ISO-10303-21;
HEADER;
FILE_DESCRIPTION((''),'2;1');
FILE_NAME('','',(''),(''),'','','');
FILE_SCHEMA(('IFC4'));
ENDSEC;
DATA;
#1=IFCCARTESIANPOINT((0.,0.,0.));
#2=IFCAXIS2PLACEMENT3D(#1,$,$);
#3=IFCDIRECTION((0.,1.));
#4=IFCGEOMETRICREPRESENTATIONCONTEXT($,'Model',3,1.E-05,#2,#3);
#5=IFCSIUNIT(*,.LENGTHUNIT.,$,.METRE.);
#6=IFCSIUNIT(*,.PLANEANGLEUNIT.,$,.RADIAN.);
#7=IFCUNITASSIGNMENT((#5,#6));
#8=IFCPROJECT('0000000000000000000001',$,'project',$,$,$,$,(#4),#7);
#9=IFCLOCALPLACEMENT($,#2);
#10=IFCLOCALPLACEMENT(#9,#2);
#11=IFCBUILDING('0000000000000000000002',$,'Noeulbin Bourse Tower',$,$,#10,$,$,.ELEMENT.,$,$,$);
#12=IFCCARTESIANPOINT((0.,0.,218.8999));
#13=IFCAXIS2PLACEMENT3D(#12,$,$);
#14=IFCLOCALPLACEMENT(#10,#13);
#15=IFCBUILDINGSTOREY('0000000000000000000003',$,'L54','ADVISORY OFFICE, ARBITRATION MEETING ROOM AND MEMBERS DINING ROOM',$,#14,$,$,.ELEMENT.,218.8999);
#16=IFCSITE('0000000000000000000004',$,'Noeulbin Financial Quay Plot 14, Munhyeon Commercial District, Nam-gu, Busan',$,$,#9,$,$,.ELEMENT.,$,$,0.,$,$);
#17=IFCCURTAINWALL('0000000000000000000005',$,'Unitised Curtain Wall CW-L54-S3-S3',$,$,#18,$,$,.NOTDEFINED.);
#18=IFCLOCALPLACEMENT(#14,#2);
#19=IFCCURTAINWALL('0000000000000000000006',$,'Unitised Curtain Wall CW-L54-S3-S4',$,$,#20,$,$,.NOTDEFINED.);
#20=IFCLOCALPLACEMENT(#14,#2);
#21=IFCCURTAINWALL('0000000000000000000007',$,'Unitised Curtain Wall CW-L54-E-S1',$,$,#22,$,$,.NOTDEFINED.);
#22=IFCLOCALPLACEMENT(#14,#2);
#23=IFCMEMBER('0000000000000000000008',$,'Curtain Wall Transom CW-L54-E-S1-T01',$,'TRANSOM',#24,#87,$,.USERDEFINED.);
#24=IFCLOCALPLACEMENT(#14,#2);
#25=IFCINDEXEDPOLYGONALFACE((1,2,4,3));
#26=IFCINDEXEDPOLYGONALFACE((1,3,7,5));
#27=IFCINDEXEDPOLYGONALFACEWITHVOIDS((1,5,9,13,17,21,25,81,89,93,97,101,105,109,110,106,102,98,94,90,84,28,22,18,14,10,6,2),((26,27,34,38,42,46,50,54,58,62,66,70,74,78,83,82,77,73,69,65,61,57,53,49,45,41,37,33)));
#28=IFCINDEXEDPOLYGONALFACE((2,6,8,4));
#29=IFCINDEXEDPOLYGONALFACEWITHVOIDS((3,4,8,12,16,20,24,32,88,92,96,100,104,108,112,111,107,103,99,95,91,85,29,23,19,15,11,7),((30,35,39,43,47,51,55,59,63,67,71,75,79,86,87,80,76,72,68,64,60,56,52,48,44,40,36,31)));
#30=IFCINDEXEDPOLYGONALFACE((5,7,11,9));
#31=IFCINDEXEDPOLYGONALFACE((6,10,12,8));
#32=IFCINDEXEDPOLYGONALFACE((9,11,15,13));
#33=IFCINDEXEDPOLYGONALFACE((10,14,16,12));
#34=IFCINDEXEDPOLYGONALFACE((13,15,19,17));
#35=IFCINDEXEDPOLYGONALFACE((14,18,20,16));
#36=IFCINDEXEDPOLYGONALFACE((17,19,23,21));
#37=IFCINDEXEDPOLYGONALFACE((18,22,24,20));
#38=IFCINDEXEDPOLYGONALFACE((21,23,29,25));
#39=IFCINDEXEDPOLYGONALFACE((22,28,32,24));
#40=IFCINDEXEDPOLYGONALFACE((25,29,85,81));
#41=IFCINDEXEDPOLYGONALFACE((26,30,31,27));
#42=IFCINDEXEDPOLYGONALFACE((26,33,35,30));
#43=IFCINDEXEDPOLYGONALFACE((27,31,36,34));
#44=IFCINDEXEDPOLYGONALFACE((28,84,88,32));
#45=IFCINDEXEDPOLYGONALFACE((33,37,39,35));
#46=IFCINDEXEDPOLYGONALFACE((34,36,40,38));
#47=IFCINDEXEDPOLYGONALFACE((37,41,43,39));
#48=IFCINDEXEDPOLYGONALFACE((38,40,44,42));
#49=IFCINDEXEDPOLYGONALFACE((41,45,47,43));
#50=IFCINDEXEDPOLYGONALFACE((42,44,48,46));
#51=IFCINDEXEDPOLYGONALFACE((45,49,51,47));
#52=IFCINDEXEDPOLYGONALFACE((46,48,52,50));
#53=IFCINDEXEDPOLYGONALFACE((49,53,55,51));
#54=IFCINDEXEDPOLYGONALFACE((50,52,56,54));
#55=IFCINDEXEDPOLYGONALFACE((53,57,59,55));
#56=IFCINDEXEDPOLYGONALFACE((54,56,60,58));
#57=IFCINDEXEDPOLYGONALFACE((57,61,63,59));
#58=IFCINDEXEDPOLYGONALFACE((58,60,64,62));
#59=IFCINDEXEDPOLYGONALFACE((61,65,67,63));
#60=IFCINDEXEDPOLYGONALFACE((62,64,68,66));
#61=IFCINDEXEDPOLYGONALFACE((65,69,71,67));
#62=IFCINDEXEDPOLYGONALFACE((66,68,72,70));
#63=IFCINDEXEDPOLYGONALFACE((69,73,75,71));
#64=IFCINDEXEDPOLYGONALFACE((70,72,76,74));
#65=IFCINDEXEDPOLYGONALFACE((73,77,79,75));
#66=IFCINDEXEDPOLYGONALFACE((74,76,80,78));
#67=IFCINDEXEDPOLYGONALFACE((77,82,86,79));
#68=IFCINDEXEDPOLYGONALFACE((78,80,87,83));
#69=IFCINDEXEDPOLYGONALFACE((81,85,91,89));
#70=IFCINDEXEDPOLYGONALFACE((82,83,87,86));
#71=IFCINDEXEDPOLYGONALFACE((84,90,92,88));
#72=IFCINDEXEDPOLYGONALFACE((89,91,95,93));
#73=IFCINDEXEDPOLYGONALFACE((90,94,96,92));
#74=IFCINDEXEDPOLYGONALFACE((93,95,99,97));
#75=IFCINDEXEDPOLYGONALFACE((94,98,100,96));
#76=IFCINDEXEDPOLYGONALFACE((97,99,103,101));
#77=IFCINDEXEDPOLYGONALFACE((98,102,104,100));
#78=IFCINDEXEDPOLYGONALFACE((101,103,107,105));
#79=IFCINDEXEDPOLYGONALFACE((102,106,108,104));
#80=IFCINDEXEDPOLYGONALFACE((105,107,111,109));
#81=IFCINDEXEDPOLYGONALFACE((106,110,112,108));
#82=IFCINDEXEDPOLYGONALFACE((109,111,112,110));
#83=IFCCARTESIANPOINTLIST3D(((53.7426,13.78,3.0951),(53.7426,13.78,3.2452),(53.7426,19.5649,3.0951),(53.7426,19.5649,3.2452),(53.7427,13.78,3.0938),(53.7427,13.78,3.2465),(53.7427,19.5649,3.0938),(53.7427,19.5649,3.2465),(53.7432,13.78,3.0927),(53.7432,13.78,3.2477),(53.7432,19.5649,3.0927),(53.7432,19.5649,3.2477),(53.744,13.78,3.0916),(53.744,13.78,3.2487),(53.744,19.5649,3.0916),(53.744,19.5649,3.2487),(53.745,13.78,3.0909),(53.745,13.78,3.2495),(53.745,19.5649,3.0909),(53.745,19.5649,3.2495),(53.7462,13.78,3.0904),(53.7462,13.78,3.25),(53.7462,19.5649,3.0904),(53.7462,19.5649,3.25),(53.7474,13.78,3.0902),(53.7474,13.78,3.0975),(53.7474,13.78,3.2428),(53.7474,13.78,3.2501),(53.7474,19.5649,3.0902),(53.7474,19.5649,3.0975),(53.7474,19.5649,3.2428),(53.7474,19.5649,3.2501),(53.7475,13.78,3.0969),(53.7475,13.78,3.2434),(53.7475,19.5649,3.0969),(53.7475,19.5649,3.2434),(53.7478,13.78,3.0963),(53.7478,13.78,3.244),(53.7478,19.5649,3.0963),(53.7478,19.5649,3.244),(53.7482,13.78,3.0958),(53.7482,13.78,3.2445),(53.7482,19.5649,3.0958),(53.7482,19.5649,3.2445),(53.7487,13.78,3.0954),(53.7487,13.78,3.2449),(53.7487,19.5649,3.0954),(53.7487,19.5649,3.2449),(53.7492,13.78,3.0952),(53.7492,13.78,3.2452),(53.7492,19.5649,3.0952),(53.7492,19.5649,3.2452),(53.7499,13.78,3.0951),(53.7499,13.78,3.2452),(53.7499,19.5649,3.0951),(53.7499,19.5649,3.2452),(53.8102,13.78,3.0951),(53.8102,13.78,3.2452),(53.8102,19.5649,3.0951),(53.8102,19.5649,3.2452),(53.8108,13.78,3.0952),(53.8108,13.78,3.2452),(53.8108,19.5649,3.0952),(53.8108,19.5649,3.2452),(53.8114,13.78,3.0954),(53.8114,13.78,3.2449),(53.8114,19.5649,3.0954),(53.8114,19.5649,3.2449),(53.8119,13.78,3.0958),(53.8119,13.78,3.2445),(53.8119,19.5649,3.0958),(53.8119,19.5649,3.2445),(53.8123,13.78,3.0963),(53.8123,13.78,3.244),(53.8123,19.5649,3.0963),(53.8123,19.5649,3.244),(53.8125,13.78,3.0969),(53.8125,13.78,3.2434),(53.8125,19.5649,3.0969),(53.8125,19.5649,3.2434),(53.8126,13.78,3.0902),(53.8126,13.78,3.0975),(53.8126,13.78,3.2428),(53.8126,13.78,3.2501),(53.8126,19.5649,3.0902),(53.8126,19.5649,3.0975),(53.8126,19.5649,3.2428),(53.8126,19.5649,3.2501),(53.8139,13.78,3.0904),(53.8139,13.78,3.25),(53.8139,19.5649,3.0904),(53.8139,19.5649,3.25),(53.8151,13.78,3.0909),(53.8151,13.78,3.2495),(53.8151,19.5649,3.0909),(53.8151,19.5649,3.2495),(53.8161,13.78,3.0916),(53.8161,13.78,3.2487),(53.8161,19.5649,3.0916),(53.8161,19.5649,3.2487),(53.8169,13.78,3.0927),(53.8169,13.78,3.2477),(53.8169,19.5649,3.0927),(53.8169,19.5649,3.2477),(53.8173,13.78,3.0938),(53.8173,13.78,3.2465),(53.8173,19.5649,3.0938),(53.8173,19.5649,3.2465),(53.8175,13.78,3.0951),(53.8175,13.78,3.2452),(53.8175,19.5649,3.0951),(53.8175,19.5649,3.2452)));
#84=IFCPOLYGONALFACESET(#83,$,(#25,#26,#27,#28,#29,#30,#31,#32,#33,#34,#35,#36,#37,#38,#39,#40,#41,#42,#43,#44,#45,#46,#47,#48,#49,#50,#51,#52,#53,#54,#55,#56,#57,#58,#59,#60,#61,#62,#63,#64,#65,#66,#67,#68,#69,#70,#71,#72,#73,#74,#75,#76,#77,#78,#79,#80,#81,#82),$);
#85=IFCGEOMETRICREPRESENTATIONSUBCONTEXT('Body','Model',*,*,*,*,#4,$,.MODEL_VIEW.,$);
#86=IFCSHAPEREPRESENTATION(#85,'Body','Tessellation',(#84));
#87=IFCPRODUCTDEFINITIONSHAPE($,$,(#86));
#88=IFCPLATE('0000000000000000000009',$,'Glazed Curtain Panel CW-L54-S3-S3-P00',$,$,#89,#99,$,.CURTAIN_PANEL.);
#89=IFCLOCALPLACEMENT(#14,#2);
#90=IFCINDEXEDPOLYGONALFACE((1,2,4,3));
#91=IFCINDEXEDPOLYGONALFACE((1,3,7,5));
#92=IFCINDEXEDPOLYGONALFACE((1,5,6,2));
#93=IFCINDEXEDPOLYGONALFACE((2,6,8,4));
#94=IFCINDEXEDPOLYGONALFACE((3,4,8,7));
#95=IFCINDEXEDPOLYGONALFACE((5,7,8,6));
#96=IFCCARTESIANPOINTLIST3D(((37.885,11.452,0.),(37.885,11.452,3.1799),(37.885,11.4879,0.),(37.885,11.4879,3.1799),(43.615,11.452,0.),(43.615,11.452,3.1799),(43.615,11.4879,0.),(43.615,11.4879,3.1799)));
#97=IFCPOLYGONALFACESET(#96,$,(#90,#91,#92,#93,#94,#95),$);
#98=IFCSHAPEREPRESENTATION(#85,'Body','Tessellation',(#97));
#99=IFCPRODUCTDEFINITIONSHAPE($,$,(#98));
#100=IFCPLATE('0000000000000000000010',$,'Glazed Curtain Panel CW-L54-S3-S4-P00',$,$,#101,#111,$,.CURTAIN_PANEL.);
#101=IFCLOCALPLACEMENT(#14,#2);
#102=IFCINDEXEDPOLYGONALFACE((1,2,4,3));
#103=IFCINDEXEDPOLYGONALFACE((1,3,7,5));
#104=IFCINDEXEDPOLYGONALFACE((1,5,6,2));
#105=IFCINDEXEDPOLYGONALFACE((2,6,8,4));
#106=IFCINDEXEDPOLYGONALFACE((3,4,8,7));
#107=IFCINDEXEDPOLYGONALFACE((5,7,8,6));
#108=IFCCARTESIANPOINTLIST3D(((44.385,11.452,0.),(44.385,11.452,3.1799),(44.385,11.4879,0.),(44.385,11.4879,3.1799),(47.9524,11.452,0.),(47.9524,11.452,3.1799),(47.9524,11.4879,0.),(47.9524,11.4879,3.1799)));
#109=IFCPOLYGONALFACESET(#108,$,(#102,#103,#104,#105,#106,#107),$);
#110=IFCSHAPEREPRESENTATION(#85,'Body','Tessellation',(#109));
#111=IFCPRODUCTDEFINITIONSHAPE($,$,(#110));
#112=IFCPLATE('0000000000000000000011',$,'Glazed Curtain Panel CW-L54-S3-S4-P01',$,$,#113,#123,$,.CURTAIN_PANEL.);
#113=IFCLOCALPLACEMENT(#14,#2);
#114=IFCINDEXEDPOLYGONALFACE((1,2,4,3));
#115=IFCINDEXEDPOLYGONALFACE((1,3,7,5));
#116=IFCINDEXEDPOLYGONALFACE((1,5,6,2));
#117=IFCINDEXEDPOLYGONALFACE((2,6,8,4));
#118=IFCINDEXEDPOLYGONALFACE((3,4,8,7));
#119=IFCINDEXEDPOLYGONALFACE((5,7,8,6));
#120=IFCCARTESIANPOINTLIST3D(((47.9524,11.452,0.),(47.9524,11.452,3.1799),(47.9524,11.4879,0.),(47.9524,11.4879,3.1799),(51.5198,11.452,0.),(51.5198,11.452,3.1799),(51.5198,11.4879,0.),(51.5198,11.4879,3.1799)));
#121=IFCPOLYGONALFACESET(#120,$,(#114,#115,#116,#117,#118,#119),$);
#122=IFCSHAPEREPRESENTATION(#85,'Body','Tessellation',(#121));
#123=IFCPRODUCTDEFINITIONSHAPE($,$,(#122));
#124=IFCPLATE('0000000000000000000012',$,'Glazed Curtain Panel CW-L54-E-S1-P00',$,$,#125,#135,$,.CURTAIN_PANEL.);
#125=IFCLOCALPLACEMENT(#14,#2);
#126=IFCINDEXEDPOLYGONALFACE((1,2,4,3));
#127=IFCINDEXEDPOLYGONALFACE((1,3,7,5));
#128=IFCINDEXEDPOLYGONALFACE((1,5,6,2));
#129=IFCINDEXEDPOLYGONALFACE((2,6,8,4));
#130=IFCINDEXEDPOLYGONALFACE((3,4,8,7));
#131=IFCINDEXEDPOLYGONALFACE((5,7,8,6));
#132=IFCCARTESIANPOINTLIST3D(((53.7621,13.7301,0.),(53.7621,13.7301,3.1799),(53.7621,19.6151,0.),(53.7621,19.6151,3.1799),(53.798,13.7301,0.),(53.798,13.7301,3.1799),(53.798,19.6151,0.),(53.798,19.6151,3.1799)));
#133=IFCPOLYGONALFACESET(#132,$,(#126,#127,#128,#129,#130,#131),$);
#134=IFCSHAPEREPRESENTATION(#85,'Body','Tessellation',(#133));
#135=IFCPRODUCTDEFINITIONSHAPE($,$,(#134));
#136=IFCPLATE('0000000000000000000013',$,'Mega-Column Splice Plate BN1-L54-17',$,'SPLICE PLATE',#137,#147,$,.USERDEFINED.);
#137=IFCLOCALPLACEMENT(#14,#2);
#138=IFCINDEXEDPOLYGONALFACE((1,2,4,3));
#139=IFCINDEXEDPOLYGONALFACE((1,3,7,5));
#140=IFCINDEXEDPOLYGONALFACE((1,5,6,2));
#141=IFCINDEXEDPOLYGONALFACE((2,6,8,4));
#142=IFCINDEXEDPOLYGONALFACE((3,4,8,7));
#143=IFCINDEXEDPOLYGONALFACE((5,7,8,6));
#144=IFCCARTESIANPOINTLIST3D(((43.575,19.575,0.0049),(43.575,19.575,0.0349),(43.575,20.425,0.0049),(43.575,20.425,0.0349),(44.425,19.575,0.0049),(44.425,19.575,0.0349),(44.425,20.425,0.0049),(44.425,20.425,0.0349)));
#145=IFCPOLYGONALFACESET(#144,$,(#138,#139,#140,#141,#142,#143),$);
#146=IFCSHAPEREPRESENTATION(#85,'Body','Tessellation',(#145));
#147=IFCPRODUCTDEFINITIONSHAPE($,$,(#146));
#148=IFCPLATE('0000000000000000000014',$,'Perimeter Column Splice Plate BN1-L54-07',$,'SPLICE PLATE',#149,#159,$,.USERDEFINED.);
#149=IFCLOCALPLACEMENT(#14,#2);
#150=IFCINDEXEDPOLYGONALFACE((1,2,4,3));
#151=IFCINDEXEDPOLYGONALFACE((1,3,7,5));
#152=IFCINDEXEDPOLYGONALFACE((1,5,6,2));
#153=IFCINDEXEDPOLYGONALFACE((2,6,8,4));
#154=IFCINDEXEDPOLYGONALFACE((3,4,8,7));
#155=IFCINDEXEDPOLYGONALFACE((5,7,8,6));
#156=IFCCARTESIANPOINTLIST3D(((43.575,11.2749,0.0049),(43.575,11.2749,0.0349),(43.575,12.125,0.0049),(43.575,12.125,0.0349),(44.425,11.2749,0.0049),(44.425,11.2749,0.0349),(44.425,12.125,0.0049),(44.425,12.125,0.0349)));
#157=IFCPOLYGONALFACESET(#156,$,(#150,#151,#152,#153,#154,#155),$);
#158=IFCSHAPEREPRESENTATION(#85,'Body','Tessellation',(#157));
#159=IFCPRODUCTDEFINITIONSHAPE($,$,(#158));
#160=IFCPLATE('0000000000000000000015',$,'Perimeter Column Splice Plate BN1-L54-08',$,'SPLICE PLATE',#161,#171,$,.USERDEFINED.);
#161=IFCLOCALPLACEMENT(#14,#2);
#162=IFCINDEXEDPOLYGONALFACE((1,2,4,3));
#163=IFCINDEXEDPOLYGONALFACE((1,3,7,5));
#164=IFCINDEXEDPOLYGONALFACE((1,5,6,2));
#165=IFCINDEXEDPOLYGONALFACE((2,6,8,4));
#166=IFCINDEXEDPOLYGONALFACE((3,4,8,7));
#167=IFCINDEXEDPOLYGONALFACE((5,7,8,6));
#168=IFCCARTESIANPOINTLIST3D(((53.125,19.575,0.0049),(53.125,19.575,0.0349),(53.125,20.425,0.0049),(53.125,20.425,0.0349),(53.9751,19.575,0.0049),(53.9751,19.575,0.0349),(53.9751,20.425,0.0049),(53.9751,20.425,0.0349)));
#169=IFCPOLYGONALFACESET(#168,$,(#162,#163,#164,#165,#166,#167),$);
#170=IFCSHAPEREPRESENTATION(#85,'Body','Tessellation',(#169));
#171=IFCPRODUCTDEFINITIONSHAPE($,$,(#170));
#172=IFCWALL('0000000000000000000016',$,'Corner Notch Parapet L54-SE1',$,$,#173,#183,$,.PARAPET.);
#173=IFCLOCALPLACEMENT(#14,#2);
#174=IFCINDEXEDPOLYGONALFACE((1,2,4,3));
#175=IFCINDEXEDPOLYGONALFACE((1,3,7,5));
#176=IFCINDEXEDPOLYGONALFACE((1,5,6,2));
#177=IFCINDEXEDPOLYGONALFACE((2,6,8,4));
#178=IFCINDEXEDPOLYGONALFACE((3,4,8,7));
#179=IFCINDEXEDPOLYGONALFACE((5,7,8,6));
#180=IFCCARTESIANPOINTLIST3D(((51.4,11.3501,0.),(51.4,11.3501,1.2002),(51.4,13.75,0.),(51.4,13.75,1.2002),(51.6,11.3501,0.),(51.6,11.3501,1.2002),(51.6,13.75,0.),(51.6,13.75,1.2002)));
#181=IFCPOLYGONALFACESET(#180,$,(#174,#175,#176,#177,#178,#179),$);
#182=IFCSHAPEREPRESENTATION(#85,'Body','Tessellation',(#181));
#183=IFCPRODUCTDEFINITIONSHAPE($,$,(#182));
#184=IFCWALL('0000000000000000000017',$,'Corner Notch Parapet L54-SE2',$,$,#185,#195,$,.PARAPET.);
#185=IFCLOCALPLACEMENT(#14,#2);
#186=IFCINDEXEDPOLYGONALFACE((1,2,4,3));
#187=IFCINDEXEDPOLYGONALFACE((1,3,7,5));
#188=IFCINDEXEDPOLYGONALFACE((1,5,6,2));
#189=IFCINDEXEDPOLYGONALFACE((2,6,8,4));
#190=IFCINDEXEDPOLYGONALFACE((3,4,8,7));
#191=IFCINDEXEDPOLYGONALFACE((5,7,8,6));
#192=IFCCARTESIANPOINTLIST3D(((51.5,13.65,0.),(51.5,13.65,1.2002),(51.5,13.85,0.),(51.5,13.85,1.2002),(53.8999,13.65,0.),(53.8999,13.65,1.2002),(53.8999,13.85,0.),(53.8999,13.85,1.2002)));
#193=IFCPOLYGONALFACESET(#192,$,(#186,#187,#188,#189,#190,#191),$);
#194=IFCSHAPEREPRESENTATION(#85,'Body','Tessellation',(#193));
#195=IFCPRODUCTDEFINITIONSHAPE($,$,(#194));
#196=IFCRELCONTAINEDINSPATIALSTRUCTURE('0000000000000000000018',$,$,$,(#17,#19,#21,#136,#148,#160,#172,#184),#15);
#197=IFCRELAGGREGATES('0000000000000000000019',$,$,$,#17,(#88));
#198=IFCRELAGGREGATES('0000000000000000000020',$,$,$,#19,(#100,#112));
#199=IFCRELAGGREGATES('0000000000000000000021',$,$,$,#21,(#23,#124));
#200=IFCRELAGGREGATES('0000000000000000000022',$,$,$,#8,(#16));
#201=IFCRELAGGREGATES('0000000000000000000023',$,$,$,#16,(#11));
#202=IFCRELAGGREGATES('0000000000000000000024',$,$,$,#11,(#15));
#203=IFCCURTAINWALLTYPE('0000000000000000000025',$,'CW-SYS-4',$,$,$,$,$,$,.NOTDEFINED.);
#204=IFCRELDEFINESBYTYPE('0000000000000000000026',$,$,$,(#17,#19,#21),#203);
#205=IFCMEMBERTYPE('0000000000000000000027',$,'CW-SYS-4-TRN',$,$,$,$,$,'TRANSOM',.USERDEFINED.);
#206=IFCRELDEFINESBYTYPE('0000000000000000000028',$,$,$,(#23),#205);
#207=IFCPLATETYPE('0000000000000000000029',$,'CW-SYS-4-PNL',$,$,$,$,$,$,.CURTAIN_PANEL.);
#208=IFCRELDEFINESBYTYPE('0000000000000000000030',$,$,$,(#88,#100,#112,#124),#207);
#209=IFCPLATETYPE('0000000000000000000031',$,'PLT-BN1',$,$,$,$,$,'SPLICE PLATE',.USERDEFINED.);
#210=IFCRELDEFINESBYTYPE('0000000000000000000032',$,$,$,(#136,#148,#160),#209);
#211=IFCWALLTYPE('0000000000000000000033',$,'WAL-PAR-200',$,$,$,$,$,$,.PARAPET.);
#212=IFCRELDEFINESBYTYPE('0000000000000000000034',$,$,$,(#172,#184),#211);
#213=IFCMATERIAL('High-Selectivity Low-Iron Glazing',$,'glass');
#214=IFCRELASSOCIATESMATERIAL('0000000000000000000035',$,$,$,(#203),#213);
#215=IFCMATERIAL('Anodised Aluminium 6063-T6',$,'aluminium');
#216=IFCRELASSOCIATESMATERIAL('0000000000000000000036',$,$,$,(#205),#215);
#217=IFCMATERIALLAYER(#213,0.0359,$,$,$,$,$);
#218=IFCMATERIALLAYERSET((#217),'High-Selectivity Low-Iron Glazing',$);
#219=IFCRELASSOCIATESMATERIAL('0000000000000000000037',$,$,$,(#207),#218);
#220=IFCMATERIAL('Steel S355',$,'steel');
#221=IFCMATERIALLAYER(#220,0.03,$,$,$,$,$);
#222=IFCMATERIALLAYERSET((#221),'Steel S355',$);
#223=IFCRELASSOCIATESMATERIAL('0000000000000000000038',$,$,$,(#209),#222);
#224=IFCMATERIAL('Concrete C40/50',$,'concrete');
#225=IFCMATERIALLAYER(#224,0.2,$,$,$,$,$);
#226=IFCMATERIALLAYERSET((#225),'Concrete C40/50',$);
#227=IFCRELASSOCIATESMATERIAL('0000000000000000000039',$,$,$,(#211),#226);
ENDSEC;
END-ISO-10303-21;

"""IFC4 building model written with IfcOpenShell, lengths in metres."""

from ifc_helpers import new_model, si_unit, direction, frame, frame_2d, origin, origin_2d, place, context, subcontext, project, spatial, rectangle, hollow_rectangle, extrude, material, layer, layer_set, material_profile, profile_set, type_object, element, aggregate, save


model = new_model("IFC4")

# Units and contexts
model_context = context("Model", 3, precision=1e-05, world=origin(), true_north=direction((0.0, 1.0)))
body_context = subcontext(model_context, "Body", "Model", "MODEL_VIEW")
ifc_project = project(units=[si_unit("LENGTHUNIT", "METRE"), si_unit("PLANEANGLEUNIT", "RADIAN")], contexts=[model_context])

# Site, building, storey
site_placement = place(None, origin())
site = spatial("IfcSite", under=ifc_project, at=site_placement, Name="Noeulbin Financial Quay Plot 14, Munhyeon Commercial District, Nam-gu, Busan", CompositionType="ELEMENT", RefElevation=0.0)
building_placement = place(site_placement, origin())
building = spatial("IfcBuilding", under=site, at=building_placement, Name="Noeulbin Bourse Tower", CompositionType="ELEMENT")
storey_placement = place(building_placement, frame((0.0, 0.0, 218.8999)))
storey = spatial("IfcBuildingStorey", under=building, at=storey_placement, Name="L54", Description="ADVISORY OFFICE, ARBITRATION MEETING ROOM AND MEMBERS DINING ROOM", CompositionType="ELEMENT", Elevation=218.8999)

# Shared definitions
ifc_material_1 = material(Name="Steel S355", Category="steel")

# Curtain walls
ifc_material_2 = material(Name="High-Selectivity Low-Iron Glazing", Category="glass")
curtain_wall_type = type_object("IfcCurtainWallType", Name="CW-SYS-4", PredefinedType="NOTDEFINED", material=ifc_material_2)
curtain_wall_1_placement = place(storey_placement, origin())
curtain_wall_1 = element("IfcCurtainWall", 1, at=curtain_wall_1_placement, inside=storey, type_object=curtain_wall_type, Name="Unitised Curtain Wall CW-L54-S3-S3", PredefinedType="NOTDEFINED")
ifc_material_3 = material(Name="Anodised Aluminium 6063-T6", Category="aluminium")
curtain_wall_2_placement = place(storey_placement, origin())
curtain_wall_2 = element("IfcCurtainWall", 2, at=curtain_wall_2_placement, inside=storey, type_object=curtain_wall_type, Name="Unitised Curtain Wall CW-L54-S3-S4", PredefinedType="NOTDEFINED")
curtain_wall_3_placement = place(storey_placement, origin())
curtain_wall_3 = element("IfcCurtainWall", 3, at=curtain_wall_3_placement, inside=storey, type_object=curtain_wall_type, Name="Unitised Curtain Wall CW-L54-E-S1", PredefinedType="NOTDEFINED")

# Member
ifc_material_profile_1 = material_profile(ifc_material_3, hollow_rectangle(XDim=0.075, YDim=0.1599, WallThickness=0.0049, InnerFilletRadius=0.0024, OuterFilletRadius=0.0049, at=origin_2d()), Name="ALU-TRAN-75x160x5", Category="LoadBearing")
ifc_profile_set_1 = profile_set([ifc_material_profile_1], Name="Anodised Aluminium 6063-T6")
member_type_1 = type_object("IfcMemberType", Name="CW-SYS-4-TRN", ElementType="TRANSOM", PredefinedType="USERDEFINED", material=ifc_profile_set_1)
member_1_placement = place(storey_placement, frame((53.78, 13.78, 3.1702), z_axis=(0.0, 1.0, 0.0), x_axis=(-1.0, 0.0, 0.0)))
member_1 = element("IfcMember", 4, at=member_1_placement, type_object=member_type_1, Name="Curtain Wall Transom CW-L54-E-S1-T01", ObjectType="TRANSOM", PredefinedType="USERDEFINED", context=body_context, shape_type="SweptSolid", body=[
    extrude(hollow_rectangle(XDim=0.075, YDim=0.1599, WallThickness=0.0049, InnerFilletRadius=0.0024, OuterFilletRadius=0.0049, at=origin_2d()), origin(), (0.0, 0.0, 1.0), 5.7849),
])

# Plates
ifc_layer_1 = layer(ifc_material_2, 0.0359)
ifc_layer_set_1 = layer_set([ifc_layer_1], Name="High-Selectivity Low-Iron Glazing")
plate_type_1 = type_object("IfcPlateType", Name="CW-SYS-4-PNL", PredefinedType="CURTAIN_PANEL", material=ifc_layer_set_1)
plate_1_placement = place(storey_placement, frame((40.75, 11.47, 0.0), z_axis=(0.0, 0.0, 1.0), x_axis=(1.0, 0.0, 0.0)))
plate_1 = element("IfcPlate", 5, at=plate_1_placement, type_object=plate_type_1, Name="Glazed Curtain Panel CW-L54-S3-S3-P00", PredefinedType="CURTAIN_PANEL", context=body_context, shape_type="SweptSolid", body=[
    extrude(rectangle(XDim=5.73, YDim=0.0359, at=origin_2d()), origin(), (0.0, 0.0, 1.0), 3.1799),
])
aggregate(curtain_wall_1, [plate_1])
plate_2_placement = place(storey_placement, frame((46.1687, 11.47, 0.0), z_axis=(0.0, 0.0, 1.0), x_axis=(1.0, 0.0, 0.0)))
plate_2 = element("IfcPlate", 6, at=plate_2_placement, type_object=plate_type_1, Name="Glazed Curtain Panel CW-L54-S3-S4-P00", PredefinedType="CURTAIN_PANEL", context=body_context, shape_type="SweptSolid", body=[
    extrude(rectangle(XDim=3.5674, YDim=0.0359, at=origin_2d()), origin(), (0.0, 0.0, 1.0), 3.1799),
])
plate_3_placement = place(storey_placement, frame((49.7361, 11.47, 0.0), z_axis=(0.0, 0.0, 1.0), x_axis=(1.0, 0.0, 0.0)))
plate_3 = element("IfcPlate", 7, at=plate_3_placement, type_object=plate_type_1, Name="Glazed Curtain Panel CW-L54-S3-S4-P01", PredefinedType="CURTAIN_PANEL", context=body_context, shape_type="SweptSolid", body=[
    extrude(rectangle(XDim=3.5674, YDim=0.0359, at=origin_2d()), origin(), (0.0, 0.0, 1.0), 3.1799),
])
aggregate(curtain_wall_2, [plate_2, plate_3])
plate_4_placement = place(storey_placement, frame((53.78, 16.6726, 0.0), z_axis=(0.0, 0.0, 1.0), x_axis=(0.0, 1.0, 0.0)))
plate_4 = element("IfcPlate", 8, at=plate_4_placement, type_object=plate_type_1, Name="Glazed Curtain Panel CW-L54-E-S1-P00", PredefinedType="CURTAIN_PANEL", context=body_context, shape_type="SweptSolid", body=[
    extrude(rectangle(XDim=5.885, YDim=0.0359, at=origin_2d()), origin(), (0.0, 0.0, 1.0), 3.1799),
])
aggregate(curtain_wall_3, [member_1, plate_4])

# Plates
ifc_layer_2 = layer(ifc_material_1, 0.03)
ifc_layer_set_2 = layer_set([ifc_layer_2], Name="Steel S355")
plate_type_2 = type_object("IfcPlateType", Name="PLT-BN1", ElementType="SPLICE PLATE", PredefinedType="USERDEFINED", material=ifc_layer_set_2)
for number, where, z_axis, x_axis, name in (
    (9, (44.0, 20.0, 0.0049), (0.0, 0.0, 1.0), (1.0, 0.0, 0.0), "Mega-Column Splice Plate BN1-L54-17"),
    (10, (44.0, 11.7, 0.0049), (0.0, 0.0, 1.0), (1.0, 0.0, 0.0), "Perimeter Column Splice Plate BN1-L54-07"),
    (11, (53.55, 20.0, 0.0049), (0.0, 0.0, 1.0), (1.0, 0.0, 0.0), "Perimeter Column Splice Plate BN1-L54-08"),
):
    element("IfcPlate", number, at=place(storey_placement, frame(where, z_axis=z_axis, x_axis=x_axis)), inside=storey, type_object=plate_type_2, Name=name, ObjectType="SPLICE PLATE", PredefinedType="USERDEFINED", context=body_context, shape_type="SweptSolid", body=[
        extrude(rectangle(XDim=0.8501, YDim=0.8501, at=origin_2d()), origin(), (0.0, 0.0, 1.0), 0.03),
    ])

# Walls
ifc_material_4 = material(Name="Concrete C40/50", Category="concrete")
ifc_layer_3 = layer(ifc_material_4, 0.2)
ifc_layer_set_3 = layer_set([ifc_layer_3], Name="Concrete C40/50")
wall_type_1 = type_object("IfcWallType", Name="WAL-PAR-200", PredefinedType="PARAPET", material=ifc_layer_set_3)
for number, where, z_axis, x_axis, name in (
    (12, (51.5, 11.3501, 0.0), (0.0, 0.0, 1.0), (0.0, 1.0, 0.0), "Corner Notch Parapet L54-SE1"),
    (13, (51.5, 13.75, 0.0), (0.0, 0.0, 1.0), (1.0, 0.0, 0.0), "Corner Notch Parapet L54-SE2"),
):
    element("IfcWall", number, at=place(storey_placement, frame(where, z_axis=z_axis, x_axis=x_axis)), inside=storey, type_object=wall_type_1, Name=name, PredefinedType="PARAPET", context=body_context, shape_type="SweptSolid", body=[
        extrude(rectangle(XDim=2.3999, YDim=0.2, at=frame_2d((1.2, 0.0))), origin(), (0.0, 0.0, 1.0), 1.2002),
    ])

save(model, "model.ifc")
